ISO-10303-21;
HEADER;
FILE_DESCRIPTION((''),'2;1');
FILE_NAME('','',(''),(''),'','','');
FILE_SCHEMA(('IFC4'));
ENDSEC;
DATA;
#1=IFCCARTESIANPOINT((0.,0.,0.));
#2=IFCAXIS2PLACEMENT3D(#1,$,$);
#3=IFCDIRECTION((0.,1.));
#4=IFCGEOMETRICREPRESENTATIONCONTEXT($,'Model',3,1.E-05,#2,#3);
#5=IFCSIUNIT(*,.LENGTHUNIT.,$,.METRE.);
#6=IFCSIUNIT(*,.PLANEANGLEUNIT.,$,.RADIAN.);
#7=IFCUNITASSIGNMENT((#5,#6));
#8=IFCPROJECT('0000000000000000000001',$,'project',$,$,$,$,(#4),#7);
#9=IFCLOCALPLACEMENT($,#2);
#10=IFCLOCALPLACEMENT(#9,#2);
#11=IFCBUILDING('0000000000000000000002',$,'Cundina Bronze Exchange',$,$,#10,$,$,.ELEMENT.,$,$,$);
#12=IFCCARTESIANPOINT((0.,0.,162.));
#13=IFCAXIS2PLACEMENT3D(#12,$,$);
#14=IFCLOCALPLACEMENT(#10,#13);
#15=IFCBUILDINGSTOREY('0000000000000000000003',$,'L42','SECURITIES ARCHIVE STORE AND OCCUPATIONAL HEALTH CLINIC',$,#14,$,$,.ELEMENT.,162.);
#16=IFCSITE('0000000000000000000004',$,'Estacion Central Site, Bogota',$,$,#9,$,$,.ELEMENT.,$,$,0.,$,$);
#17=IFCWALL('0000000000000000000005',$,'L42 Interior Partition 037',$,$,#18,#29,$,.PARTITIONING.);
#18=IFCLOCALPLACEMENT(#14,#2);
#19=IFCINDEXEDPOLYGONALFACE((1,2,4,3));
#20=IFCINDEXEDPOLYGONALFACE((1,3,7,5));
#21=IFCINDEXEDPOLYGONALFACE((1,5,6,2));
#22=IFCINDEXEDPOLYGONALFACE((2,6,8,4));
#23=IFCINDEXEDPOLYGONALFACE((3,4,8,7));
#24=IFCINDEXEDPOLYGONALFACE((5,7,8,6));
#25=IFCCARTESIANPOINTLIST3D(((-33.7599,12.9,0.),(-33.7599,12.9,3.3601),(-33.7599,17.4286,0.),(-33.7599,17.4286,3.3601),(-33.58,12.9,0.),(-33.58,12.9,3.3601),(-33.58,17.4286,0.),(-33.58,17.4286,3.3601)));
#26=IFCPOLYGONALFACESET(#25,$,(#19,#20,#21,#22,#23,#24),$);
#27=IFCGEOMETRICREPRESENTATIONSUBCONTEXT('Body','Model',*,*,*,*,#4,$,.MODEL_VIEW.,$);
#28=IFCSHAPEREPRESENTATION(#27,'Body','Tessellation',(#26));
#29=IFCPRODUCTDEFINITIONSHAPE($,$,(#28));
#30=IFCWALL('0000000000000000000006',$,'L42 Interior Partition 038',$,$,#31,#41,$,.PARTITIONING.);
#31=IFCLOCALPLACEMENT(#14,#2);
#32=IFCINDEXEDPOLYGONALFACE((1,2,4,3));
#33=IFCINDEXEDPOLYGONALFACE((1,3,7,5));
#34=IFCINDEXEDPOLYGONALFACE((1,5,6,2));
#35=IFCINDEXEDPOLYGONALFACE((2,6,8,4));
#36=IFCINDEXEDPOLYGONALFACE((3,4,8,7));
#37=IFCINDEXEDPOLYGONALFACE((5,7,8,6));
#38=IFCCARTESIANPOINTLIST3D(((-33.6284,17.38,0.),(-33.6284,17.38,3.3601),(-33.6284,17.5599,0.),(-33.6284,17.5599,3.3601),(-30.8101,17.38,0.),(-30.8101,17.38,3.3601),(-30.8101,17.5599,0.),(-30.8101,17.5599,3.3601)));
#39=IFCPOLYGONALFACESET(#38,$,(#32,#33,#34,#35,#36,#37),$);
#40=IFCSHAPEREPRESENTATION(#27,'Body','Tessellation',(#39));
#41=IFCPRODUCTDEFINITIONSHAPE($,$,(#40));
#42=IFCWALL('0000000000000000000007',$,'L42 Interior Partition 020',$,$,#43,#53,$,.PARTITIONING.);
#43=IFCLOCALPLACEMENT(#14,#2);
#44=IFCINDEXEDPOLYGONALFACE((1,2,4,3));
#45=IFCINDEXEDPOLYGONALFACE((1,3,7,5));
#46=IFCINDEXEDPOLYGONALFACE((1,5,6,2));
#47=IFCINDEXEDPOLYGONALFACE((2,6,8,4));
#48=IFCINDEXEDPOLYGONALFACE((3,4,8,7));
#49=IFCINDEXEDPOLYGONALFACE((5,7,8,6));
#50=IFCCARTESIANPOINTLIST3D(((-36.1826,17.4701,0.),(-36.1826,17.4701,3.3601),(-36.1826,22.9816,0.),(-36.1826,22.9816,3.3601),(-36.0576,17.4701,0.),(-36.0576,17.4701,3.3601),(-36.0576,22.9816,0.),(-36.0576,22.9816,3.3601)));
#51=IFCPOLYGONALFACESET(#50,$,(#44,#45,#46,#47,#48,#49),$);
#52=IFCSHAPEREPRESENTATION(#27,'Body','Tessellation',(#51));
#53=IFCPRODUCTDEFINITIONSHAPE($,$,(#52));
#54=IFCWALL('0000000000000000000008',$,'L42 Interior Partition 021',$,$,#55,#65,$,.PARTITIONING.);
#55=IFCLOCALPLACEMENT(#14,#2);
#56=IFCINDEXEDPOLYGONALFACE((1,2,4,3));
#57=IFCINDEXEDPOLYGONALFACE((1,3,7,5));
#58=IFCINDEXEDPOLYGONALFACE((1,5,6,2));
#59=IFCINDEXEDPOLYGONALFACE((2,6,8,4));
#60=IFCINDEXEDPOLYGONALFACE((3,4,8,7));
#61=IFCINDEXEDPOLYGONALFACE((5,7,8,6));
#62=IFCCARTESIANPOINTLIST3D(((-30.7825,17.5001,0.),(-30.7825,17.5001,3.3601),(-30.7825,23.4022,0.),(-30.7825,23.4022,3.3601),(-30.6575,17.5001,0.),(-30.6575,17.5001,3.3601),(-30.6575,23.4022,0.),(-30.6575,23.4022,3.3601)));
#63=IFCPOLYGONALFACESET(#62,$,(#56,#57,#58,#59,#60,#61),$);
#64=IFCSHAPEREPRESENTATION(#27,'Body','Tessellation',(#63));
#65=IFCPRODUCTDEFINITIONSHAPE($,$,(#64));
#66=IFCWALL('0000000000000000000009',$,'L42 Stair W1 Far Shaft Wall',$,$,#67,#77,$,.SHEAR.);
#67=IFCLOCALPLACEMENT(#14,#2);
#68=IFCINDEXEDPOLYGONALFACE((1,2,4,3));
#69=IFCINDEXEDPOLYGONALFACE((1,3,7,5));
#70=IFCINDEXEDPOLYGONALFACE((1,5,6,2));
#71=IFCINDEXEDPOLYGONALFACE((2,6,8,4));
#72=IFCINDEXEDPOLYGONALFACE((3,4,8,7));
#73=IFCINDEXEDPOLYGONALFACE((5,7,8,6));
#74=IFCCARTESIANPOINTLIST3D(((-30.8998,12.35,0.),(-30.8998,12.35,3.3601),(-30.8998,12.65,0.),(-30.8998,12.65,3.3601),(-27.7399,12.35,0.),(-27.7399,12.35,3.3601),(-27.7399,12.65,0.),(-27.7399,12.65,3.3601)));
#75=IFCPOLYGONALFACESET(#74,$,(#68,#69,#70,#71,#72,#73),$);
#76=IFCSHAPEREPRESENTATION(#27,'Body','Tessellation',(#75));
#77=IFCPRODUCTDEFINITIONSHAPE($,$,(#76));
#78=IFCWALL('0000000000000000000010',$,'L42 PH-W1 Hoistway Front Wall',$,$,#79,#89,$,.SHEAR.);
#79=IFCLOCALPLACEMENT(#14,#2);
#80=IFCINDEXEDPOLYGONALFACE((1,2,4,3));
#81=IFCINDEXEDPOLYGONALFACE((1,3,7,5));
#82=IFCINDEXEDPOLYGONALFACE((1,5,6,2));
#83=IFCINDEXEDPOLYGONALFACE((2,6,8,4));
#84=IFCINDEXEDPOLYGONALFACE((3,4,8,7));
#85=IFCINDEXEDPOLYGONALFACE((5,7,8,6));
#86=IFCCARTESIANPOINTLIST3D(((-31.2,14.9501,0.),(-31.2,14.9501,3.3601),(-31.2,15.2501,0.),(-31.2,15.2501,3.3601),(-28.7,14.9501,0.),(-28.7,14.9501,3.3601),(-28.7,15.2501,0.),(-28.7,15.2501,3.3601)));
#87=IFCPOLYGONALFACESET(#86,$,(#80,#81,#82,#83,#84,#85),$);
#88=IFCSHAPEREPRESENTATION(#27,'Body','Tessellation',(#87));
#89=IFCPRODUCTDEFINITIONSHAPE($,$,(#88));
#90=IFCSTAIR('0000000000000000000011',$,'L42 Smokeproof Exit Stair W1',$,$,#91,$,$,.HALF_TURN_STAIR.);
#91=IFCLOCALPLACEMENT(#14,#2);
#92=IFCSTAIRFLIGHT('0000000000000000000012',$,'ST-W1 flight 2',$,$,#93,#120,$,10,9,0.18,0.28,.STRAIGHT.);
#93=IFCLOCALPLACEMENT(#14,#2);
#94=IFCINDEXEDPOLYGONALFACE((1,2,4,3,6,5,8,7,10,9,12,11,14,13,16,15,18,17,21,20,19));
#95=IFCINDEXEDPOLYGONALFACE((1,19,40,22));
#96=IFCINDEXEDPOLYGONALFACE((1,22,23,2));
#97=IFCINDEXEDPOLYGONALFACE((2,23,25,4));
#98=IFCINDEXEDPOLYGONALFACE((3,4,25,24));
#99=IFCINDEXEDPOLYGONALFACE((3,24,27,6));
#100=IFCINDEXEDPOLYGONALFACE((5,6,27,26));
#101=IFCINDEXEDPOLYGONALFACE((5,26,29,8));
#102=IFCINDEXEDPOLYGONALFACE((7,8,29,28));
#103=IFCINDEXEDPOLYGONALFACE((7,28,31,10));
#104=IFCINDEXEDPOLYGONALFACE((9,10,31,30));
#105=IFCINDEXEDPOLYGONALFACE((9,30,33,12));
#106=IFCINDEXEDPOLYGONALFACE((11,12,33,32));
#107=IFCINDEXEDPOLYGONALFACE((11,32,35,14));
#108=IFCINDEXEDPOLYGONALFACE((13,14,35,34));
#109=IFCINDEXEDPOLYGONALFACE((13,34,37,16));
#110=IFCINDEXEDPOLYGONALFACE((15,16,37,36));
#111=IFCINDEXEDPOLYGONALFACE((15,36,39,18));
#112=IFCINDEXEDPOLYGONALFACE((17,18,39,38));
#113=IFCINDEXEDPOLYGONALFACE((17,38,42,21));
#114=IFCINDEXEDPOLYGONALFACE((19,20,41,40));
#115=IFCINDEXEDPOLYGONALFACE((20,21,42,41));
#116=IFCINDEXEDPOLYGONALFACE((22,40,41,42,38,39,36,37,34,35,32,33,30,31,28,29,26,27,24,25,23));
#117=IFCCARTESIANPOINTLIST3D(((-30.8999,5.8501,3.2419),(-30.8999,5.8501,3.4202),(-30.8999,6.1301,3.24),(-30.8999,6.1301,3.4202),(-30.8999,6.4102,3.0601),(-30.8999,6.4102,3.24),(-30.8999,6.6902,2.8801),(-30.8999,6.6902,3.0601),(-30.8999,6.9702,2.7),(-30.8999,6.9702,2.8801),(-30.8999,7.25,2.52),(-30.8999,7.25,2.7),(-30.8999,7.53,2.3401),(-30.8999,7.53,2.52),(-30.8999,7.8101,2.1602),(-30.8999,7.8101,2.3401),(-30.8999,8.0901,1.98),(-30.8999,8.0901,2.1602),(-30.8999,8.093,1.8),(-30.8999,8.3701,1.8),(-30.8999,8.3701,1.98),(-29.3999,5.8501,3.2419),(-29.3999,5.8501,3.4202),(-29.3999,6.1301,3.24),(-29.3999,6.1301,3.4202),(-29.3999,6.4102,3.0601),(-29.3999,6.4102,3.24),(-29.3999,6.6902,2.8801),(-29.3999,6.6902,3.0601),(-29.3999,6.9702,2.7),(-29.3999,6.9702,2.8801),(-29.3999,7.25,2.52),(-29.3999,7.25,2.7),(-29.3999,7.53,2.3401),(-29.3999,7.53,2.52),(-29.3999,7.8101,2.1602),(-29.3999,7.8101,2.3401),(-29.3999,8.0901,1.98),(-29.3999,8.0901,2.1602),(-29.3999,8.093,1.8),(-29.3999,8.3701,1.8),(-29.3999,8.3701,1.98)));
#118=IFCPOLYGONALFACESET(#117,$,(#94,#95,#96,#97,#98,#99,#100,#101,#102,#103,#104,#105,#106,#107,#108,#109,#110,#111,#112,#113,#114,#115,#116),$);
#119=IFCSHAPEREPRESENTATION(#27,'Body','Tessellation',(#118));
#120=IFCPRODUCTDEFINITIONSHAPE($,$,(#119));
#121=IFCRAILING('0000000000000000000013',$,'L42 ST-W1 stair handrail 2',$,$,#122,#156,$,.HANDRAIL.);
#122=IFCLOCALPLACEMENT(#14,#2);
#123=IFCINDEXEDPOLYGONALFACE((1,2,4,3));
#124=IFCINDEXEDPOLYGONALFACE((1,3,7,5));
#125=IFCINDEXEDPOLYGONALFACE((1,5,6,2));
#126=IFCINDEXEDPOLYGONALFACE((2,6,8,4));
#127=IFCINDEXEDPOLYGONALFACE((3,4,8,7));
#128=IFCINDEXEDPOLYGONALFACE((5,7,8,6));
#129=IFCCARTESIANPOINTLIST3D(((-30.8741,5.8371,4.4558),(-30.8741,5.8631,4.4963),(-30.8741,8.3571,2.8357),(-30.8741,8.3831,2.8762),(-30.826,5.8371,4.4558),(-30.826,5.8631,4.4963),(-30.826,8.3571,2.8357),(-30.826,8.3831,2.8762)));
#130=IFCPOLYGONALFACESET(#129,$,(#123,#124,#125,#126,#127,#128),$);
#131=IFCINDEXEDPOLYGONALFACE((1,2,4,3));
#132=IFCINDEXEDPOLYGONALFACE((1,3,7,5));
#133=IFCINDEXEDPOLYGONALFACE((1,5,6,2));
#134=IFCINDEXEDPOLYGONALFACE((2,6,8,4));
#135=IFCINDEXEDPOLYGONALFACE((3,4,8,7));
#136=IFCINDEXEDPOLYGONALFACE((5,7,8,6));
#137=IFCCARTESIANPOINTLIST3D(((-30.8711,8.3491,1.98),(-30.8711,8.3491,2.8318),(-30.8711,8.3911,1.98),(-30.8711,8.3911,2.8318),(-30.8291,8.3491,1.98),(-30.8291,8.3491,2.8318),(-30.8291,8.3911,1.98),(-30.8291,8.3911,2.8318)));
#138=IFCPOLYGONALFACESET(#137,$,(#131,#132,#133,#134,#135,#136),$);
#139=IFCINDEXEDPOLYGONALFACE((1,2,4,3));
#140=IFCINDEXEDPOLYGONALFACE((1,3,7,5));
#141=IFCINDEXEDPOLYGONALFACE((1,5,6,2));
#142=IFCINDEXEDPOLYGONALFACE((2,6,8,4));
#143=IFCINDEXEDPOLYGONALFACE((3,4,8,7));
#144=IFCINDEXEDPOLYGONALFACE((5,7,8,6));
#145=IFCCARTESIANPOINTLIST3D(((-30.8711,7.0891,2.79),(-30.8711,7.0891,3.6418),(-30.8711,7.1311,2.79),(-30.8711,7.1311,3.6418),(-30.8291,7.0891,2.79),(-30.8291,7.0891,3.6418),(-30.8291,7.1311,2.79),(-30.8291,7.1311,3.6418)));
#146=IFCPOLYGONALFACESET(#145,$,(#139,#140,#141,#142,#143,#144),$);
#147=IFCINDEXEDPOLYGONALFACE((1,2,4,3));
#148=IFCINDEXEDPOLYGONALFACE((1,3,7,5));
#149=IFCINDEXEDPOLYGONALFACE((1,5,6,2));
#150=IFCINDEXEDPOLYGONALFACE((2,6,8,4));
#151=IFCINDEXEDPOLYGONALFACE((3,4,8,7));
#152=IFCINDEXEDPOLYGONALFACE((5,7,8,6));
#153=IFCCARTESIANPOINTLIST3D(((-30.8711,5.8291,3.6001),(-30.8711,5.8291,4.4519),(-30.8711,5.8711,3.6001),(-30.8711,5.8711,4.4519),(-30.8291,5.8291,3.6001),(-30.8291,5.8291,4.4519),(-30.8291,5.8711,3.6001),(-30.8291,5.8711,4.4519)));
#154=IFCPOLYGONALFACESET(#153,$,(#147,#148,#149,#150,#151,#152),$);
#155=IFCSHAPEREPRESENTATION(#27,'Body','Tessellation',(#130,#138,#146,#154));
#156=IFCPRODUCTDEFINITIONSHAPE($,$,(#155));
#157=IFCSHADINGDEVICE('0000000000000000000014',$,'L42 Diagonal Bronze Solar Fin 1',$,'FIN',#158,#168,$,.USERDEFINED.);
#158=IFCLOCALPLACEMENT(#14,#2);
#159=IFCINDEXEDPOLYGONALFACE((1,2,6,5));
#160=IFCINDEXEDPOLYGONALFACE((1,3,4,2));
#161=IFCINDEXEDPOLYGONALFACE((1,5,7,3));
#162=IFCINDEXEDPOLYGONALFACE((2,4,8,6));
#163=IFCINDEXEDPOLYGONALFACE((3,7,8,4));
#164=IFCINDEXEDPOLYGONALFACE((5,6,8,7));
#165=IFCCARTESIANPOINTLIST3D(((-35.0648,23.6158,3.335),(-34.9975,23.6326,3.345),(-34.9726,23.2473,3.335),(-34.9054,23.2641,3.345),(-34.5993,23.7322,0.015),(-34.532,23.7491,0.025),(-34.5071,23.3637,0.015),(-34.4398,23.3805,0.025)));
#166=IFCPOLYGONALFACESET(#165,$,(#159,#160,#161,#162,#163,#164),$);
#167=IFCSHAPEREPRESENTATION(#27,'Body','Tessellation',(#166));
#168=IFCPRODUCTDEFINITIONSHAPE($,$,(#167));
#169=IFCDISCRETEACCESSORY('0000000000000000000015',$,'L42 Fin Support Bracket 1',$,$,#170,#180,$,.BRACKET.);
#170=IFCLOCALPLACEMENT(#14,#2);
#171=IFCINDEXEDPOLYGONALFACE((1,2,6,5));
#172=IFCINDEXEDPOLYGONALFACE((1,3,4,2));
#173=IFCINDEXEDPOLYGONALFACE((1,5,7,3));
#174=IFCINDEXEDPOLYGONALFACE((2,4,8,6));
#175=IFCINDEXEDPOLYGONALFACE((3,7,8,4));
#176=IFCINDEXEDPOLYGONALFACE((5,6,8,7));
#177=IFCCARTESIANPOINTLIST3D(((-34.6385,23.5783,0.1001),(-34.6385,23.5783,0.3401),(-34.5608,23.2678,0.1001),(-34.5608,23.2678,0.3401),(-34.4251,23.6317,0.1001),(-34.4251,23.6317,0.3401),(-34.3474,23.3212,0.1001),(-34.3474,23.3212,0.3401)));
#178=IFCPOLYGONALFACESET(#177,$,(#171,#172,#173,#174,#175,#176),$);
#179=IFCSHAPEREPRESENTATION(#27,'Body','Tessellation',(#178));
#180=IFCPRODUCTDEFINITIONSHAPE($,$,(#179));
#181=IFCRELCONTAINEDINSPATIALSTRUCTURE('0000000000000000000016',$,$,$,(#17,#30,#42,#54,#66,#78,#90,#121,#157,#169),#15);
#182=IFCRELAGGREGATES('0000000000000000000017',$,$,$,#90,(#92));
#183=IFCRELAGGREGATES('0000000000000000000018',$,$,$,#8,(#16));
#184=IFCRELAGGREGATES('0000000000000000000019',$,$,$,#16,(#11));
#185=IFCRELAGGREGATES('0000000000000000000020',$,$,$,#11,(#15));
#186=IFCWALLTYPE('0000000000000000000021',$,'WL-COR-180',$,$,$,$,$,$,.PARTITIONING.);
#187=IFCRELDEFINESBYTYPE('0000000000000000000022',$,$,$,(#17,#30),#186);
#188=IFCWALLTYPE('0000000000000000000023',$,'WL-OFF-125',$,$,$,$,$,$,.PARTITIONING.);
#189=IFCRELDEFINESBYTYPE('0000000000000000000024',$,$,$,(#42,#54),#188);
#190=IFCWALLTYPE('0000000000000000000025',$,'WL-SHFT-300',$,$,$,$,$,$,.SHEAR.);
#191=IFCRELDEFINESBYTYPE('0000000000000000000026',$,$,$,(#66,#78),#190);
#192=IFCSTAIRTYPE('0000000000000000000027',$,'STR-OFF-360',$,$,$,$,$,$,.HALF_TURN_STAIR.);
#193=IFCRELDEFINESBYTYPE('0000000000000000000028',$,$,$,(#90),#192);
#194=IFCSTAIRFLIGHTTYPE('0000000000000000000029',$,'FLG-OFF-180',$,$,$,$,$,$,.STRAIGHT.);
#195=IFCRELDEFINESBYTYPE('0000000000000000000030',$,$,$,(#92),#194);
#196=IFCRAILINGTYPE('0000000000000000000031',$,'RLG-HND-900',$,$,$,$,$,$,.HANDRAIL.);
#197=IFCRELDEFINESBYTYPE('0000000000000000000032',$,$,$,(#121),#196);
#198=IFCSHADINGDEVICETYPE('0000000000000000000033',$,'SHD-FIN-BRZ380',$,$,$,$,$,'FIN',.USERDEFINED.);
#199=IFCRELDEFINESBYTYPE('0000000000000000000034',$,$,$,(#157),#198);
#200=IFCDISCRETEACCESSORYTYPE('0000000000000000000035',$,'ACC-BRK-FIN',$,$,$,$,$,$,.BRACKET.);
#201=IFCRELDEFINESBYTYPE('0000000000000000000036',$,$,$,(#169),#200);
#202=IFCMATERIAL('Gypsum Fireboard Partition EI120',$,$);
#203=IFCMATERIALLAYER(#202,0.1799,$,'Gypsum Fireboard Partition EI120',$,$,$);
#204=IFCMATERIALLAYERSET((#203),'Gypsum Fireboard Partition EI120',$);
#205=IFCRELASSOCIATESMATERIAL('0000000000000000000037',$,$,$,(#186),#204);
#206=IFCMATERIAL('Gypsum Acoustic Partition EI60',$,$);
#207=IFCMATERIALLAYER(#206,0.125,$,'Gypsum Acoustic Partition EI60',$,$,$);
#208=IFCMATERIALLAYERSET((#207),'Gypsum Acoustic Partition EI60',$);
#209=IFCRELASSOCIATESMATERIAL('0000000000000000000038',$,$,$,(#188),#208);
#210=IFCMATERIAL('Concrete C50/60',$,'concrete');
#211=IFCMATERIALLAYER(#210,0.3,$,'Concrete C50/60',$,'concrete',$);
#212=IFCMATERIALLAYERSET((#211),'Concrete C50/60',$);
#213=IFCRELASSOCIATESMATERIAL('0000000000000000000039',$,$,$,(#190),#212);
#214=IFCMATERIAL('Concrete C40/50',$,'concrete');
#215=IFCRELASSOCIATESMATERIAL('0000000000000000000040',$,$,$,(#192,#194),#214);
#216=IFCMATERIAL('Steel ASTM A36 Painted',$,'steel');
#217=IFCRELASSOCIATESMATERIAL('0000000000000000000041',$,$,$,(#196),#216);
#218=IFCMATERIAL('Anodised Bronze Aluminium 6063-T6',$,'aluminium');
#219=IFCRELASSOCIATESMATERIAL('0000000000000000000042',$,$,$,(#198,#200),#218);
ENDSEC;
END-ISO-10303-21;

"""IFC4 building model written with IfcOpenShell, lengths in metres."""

from ifc_helpers import new_model, si_unit, direction, frame, frame_2d, origin, origin_2d, place, context, subcontext, project, spatial, polyline, rectangle, outline, extrude, material, layer, layer_set, material_profile, profile_set, type_object, element, aggregate, save


model = new_model("IFC4")

# Units and contexts
model_context = context("Model", 3, precision=1e-05, world=origin(), true_north=direction((0.0, 1.0)))
body_context = subcontext(model_context, "Body", "Model", "MODEL_VIEW")
ifc_project = project(units=[si_unit("LENGTHUNIT", "METRE"), si_unit("PLANEANGLEUNIT", "RADIAN")], contexts=[model_context])

# Site, building, storey
site_placement = place(None, origin())
site = spatial("IfcSite", under=ifc_project, at=site_placement, Name="Estacion Central Site, Bogota", CompositionType="ELEMENT", RefElevation=0.0)
building_placement = place(site_placement, origin())
building = spatial("IfcBuilding", under=site, at=building_placement, Name="Cundina Bronze Exchange", CompositionType="ELEMENT")
storey_placement = place(building_placement, frame((0.0, 0.0, 162.0)))
storey = spatial("IfcBuildingStorey", under=building, at=storey_placement, Name="L42", Description="SECURITIES ARCHIVE STORE AND OCCUPATIONAL HEALTH CLINIC", CompositionType="ELEMENT", Elevation=162.0)

# Shared definitions
ifc_material_1 = material(Name="Concrete C50/60", Category="concrete")

# Shared definitions
ifc_material_2 = material(Name="Anodised Bronze Aluminium 6063-T6", Category="aluminium")

# Shared definitions
ifc_material_3 = material(Name="Gypsum Fireboard Partition EI120")
ifc_layer_1 = layer(ifc_material_3, 0.1799, Name="Gypsum Fireboard Partition EI120")
ifc_layer_set_1 = layer_set([ifc_layer_1], Name="Gypsum Fireboard Partition EI120")
wall_type_1 = type_object("IfcWallType", Name="WL-COR-180", PredefinedType="PARTITIONING", material=ifc_layer_set_1)

# Walls
wall_1_placement = place(storey_placement, frame((-33.6699, 17.4285, 0.0), z_axis=(0.0, 0.0, 1.0), x_axis=(0.0, -1.0, 0.0)))
element("IfcWall", 1, at=wall_1_placement, inside=storey, type_object=wall_type_1, Name="L42 Interior Partition 037", PredefinedType="PARTITIONING", context=body_context, shape_type="SweptSolid", body=[
    extrude(rectangle(XDim=4.5286, YDim=0.1799, at=frame_2d((2.2642, 0.0))), origin(), (0.0, 0.0, 1.0), 3.3601),
])
wall_2_placement = place(storey_placement, frame((-30.8101, 17.47, 0.0), z_axis=(0.0, 0.0, 1.0), x_axis=(-1.0, 0.0, 0.0)))
element("IfcWall", 2, at=wall_2_placement, inside=storey, type_object=wall_type_1, Name="L42 Interior Partition 038", PredefinedType="PARTITIONING", context=body_context, shape_type="SweptSolid", body=[
    extrude(rectangle(XDim=2.8184, YDim=0.1799, at=frame_2d((1.4092, 0.0))), origin(), (0.0, 0.0, 1.0), 3.3601),
])
ifc_material_4 = material(Name="Gypsum Acoustic Partition EI60")
ifc_layer_2 = layer(ifc_material_4, 0.125, Name="Gypsum Acoustic Partition EI60")
ifc_layer_set_2 = layer_set([ifc_layer_2], Name="Gypsum Acoustic Partition EI60")
wall_type_2 = type_object("IfcWallType", Name="WL-OFF-125", PredefinedType="PARTITIONING", material=ifc_layer_set_2)
wall_3_placement = place(storey_placement, frame((-36.1201, 17.47, 0.0), z_axis=(0.0, 0.0, 1.0), x_axis=(0.0, 1.0, 0.0)))
element("IfcWall", 3, at=wall_3_placement, inside=storey, type_object=wall_type_2, Name="L42 Interior Partition 020", PredefinedType="PARTITIONING", context=body_context, shape_type="SweptSolid", body=[
    extrude(rectangle(XDim=5.5115, YDim=0.125, at=frame_2d((2.7559, 0.0))), origin(), (0.0, 0.0, 1.0), 3.3601),
])
wall_4_placement = place(storey_placement, frame((-30.72, 17.5, 0.0), z_axis=(0.0, 0.0, 1.0), x_axis=(0.0, 1.0, 0.0)))
element("IfcWall", 4, at=wall_4_placement, inside=storey, type_object=wall_type_2, Name="L42 Interior Partition 021", PredefinedType="PARTITIONING", context=body_context, shape_type="SweptSolid", body=[
    extrude(rectangle(XDim=5.9021, YDim=0.125, at=frame_2d((2.9512, 0.0))), origin(), (0.0, 0.0, 1.0), 3.3601),
])

# Shared definitions
ifc_layer_3 = layer(ifc_material_1, 0.3, Name="Concrete C50/60", Category="concrete")
ifc_layer_set_3 = layer_set([ifc_layer_3], Name="Concrete C50/60")
wall_type_3 = type_object("IfcWallType", Name="WL-SHFT-300", PredefinedType="SHEAR", material=ifc_layer_set_3)
ifc_material_5 = material(Name="Steel ASTM A36 Painted", Category="steel")

# Walls
wall_5_placement = place(storey_placement, frame((-30.8999, 12.5, 0.0), z_axis=(0.0, 0.0, 1.0), x_axis=(1.0, 0.0, 0.0)))
element("IfcWall", 5, at=wall_5_placement, inside=storey, type_object=wall_type_3, Name="L42 Stair W1 Far Shaft Wall", PredefinedType="SHEAR", context=body_context, shape_type="SweptSolid", body=[
    extrude(rectangle(XDim=3.1599, YDim=0.3, at=frame_2d((1.5801, 0.0))), origin(), (0.0, 0.0, 1.0), 3.3601),
])
wall_6_placement = place(storey_placement, frame((-31.2, 15.1001, 0.0), z_axis=(0.0, 0.0, 1.0), x_axis=(1.0, 0.0, 0.0)))
element("IfcWall", 6, at=wall_6_placement, inside=storey, type_object=wall_type_3, Name="L42 PH-W1 Hoistway Front Wall", PredefinedType="SHEAR", context=body_context, shape_type="SweptSolid", body=[
    extrude(rectangle(XDim=2.5, YDim=0.3, at=frame_2d((1.25, 0.0))), origin(), (0.0, 0.0, 1.0), 3.3601),
])

# Stair, stair flight
ifc_material_6 = material(Name="Concrete C40/50", Category="concrete")
stair_type = type_object("IfcStairType", Name="STR-OFF-360", PredefinedType="HALF_TURN_STAIR", material=ifc_material_6)
stair_placement = place(storey_placement, origin())
stair = element("IfcStair", 7, at=stair_placement, inside=storey, type_object=stair_type, Name="L42 Smokeproof Exit Stair W1", PredefinedType="HALF_TURN_STAIR")
stair_flight_type = type_object("IfcStairFlightType", Name="FLG-OFF-180", PredefinedType="STRAIGHT", material=ifc_material_6)
stair_flight_placement = place(storey_placement, frame((-30.1499, 8.3701, 1.8), z_axis=(0.0, 0.0, 1.0), x_axis=(0.0, -1.0, 0.0)))
stair_flight = element("IfcStairFlight", 8, at=stair_flight_placement, type_object=stair_flight_type, Name="ST-W1 flight 2", NumberOfRisers=10, NumberOfTreads=9, PredefinedType="STRAIGHT", RiserHeight=0.18, TreadLength=0.28, context=body_context, shape_type="SweptSolid", body=[
    extrude(outline(polyline([(0.0, 0.0), (0.0, 0.1799), (0.28, 0.1799), (0.28, 0.3601), (0.5601, 0.3601), (0.5601, 0.54), (0.8401, 0.54), (0.8401, 0.72), (1.1201, 0.72), (1.1201, 0.8999), (1.3999, 0.8999), (1.3999, 1.0801), (1.6799, 1.0801), (1.6799, 1.26), (1.96, 1.26), (1.96, 1.4399), (2.24, 1.4399), (2.24, 1.6201), (2.52, 1.6201), (2.52, 1.8), (2.52, 1.4419), (0.2771, 0.0), (0.0, 0.0)])), frame((0.0, 0.75, 0.0), z_axis=(0.0, -1.0, 0.0), x_axis=(1.0, 0.0, 0.0)), (0.0, 0.0, 1.0), 1.5),
])
aggregate(stair, [stair_flight])

# Railing
railing_type = type_object("IfcRailingType", Name="RLG-HND-900", PredefinedType="HANDRAIL", material=ifc_material_5)
railing_placement = place(storey_placement, frame((-30.8501, 8.3701, 1.98)))
element("IfcRailing", 9, at=railing_placement, inside=storey, type_object=railing_type, Name="L42 ST-W1 stair handrail 2", PredefinedType="HANDRAIL", context=body_context, shape_type="SweptSolid", body=[
    extrude(rectangle(XDim=0.0481, YDim=0.0481, at=origin_2d()), frame((0.0, 0.0, 0.876), z_axis=(0.0, -0.841163, 0.540782), x_axis=(1.0, 0.0, 0.0)), (0.0, 0.0, 1.0), 2.9958),
    extrude(rectangle(XDim=0.042, YDim=0.042, at=origin_2d()), origin(), (0.0, 0.0, 1.0), 0.8518),
    extrude(rectangle(XDim=0.042, YDim=0.042, at=origin_2d()), frame((0.0, -1.26, 0.8101)), (0.0, 0.0, 1.0), 0.8518),
    extrude(rectangle(XDim=0.042, YDim=0.042, at=origin_2d()), frame((0.0, -2.52, 1.6201)), (0.0, 0.0, 1.0), 0.8518),
])

# Shading device
ifc_material_profile_1 = material_profile(ifc_material_2, rectangle(XDim=0.0701, YDim=0.3799, at=origin_2d()), Name="FIN70X380", Category="aluminium")
ifc_profile_set_1 = profile_set([ifc_material_profile_1], Name="Anodised Bronze Aluminium 6063-T6")
shading_device_type = type_object("IfcShadingDeviceType", Name="SHD-FIN-BRZ380", ElementType="FIN", PredefinedType="USERDEFINED", material=ifc_profile_set_1)
shading_device_placement = place(storey_placement, frame((-34.5195, 23.5564, 0.02), z_axis=(-0.138788, -0.034715, 0.989713), x_axis=(0.960133, 0.240159, 0.143064)))
element("IfcShadingDevice", 10, at=shading_device_placement, inside=storey, type_object=shading_device_type, Name="L42 Diagonal Bronze Solar Fin 1", ObjectType="FIN", PredefinedType="USERDEFINED", context=body_context, shape_type="SweptSolid", body=[
    extrude(rectangle(XDim=0.0701, YDim=0.3799, at=origin_2d()), origin(), (0.0, 0.0, 1.0), 3.3545),
])

# Discrete accessory
discrete_accessory_type = type_object("IfcDiscreteAccessoryType", Name="ACC-BRK-FIN", PredefinedType="BRACKET", material=ifc_material_2)
discrete_accessory_placement = place(storey_placement, frame((-34.4929, 23.4497, 0.1001), z_axis=(0.0, 0.0, 1.0), x_axis=(-0.970093, -0.242735, 0.0)))
element("IfcDiscreteAccessory", 11, at=discrete_accessory_placement, inside=storey, type_object=discrete_accessory_type, Name="L42 Fin Support Bracket 1", PredefinedType="BRACKET", context=body_context, shape_type="SweptSolid", body=[
    extrude(rectangle(XDim=0.22, YDim=0.3201, at=origin_2d()), origin(), (0.0, 0.0, 1.0), 0.24),
])

save(model, "model.ifc")
